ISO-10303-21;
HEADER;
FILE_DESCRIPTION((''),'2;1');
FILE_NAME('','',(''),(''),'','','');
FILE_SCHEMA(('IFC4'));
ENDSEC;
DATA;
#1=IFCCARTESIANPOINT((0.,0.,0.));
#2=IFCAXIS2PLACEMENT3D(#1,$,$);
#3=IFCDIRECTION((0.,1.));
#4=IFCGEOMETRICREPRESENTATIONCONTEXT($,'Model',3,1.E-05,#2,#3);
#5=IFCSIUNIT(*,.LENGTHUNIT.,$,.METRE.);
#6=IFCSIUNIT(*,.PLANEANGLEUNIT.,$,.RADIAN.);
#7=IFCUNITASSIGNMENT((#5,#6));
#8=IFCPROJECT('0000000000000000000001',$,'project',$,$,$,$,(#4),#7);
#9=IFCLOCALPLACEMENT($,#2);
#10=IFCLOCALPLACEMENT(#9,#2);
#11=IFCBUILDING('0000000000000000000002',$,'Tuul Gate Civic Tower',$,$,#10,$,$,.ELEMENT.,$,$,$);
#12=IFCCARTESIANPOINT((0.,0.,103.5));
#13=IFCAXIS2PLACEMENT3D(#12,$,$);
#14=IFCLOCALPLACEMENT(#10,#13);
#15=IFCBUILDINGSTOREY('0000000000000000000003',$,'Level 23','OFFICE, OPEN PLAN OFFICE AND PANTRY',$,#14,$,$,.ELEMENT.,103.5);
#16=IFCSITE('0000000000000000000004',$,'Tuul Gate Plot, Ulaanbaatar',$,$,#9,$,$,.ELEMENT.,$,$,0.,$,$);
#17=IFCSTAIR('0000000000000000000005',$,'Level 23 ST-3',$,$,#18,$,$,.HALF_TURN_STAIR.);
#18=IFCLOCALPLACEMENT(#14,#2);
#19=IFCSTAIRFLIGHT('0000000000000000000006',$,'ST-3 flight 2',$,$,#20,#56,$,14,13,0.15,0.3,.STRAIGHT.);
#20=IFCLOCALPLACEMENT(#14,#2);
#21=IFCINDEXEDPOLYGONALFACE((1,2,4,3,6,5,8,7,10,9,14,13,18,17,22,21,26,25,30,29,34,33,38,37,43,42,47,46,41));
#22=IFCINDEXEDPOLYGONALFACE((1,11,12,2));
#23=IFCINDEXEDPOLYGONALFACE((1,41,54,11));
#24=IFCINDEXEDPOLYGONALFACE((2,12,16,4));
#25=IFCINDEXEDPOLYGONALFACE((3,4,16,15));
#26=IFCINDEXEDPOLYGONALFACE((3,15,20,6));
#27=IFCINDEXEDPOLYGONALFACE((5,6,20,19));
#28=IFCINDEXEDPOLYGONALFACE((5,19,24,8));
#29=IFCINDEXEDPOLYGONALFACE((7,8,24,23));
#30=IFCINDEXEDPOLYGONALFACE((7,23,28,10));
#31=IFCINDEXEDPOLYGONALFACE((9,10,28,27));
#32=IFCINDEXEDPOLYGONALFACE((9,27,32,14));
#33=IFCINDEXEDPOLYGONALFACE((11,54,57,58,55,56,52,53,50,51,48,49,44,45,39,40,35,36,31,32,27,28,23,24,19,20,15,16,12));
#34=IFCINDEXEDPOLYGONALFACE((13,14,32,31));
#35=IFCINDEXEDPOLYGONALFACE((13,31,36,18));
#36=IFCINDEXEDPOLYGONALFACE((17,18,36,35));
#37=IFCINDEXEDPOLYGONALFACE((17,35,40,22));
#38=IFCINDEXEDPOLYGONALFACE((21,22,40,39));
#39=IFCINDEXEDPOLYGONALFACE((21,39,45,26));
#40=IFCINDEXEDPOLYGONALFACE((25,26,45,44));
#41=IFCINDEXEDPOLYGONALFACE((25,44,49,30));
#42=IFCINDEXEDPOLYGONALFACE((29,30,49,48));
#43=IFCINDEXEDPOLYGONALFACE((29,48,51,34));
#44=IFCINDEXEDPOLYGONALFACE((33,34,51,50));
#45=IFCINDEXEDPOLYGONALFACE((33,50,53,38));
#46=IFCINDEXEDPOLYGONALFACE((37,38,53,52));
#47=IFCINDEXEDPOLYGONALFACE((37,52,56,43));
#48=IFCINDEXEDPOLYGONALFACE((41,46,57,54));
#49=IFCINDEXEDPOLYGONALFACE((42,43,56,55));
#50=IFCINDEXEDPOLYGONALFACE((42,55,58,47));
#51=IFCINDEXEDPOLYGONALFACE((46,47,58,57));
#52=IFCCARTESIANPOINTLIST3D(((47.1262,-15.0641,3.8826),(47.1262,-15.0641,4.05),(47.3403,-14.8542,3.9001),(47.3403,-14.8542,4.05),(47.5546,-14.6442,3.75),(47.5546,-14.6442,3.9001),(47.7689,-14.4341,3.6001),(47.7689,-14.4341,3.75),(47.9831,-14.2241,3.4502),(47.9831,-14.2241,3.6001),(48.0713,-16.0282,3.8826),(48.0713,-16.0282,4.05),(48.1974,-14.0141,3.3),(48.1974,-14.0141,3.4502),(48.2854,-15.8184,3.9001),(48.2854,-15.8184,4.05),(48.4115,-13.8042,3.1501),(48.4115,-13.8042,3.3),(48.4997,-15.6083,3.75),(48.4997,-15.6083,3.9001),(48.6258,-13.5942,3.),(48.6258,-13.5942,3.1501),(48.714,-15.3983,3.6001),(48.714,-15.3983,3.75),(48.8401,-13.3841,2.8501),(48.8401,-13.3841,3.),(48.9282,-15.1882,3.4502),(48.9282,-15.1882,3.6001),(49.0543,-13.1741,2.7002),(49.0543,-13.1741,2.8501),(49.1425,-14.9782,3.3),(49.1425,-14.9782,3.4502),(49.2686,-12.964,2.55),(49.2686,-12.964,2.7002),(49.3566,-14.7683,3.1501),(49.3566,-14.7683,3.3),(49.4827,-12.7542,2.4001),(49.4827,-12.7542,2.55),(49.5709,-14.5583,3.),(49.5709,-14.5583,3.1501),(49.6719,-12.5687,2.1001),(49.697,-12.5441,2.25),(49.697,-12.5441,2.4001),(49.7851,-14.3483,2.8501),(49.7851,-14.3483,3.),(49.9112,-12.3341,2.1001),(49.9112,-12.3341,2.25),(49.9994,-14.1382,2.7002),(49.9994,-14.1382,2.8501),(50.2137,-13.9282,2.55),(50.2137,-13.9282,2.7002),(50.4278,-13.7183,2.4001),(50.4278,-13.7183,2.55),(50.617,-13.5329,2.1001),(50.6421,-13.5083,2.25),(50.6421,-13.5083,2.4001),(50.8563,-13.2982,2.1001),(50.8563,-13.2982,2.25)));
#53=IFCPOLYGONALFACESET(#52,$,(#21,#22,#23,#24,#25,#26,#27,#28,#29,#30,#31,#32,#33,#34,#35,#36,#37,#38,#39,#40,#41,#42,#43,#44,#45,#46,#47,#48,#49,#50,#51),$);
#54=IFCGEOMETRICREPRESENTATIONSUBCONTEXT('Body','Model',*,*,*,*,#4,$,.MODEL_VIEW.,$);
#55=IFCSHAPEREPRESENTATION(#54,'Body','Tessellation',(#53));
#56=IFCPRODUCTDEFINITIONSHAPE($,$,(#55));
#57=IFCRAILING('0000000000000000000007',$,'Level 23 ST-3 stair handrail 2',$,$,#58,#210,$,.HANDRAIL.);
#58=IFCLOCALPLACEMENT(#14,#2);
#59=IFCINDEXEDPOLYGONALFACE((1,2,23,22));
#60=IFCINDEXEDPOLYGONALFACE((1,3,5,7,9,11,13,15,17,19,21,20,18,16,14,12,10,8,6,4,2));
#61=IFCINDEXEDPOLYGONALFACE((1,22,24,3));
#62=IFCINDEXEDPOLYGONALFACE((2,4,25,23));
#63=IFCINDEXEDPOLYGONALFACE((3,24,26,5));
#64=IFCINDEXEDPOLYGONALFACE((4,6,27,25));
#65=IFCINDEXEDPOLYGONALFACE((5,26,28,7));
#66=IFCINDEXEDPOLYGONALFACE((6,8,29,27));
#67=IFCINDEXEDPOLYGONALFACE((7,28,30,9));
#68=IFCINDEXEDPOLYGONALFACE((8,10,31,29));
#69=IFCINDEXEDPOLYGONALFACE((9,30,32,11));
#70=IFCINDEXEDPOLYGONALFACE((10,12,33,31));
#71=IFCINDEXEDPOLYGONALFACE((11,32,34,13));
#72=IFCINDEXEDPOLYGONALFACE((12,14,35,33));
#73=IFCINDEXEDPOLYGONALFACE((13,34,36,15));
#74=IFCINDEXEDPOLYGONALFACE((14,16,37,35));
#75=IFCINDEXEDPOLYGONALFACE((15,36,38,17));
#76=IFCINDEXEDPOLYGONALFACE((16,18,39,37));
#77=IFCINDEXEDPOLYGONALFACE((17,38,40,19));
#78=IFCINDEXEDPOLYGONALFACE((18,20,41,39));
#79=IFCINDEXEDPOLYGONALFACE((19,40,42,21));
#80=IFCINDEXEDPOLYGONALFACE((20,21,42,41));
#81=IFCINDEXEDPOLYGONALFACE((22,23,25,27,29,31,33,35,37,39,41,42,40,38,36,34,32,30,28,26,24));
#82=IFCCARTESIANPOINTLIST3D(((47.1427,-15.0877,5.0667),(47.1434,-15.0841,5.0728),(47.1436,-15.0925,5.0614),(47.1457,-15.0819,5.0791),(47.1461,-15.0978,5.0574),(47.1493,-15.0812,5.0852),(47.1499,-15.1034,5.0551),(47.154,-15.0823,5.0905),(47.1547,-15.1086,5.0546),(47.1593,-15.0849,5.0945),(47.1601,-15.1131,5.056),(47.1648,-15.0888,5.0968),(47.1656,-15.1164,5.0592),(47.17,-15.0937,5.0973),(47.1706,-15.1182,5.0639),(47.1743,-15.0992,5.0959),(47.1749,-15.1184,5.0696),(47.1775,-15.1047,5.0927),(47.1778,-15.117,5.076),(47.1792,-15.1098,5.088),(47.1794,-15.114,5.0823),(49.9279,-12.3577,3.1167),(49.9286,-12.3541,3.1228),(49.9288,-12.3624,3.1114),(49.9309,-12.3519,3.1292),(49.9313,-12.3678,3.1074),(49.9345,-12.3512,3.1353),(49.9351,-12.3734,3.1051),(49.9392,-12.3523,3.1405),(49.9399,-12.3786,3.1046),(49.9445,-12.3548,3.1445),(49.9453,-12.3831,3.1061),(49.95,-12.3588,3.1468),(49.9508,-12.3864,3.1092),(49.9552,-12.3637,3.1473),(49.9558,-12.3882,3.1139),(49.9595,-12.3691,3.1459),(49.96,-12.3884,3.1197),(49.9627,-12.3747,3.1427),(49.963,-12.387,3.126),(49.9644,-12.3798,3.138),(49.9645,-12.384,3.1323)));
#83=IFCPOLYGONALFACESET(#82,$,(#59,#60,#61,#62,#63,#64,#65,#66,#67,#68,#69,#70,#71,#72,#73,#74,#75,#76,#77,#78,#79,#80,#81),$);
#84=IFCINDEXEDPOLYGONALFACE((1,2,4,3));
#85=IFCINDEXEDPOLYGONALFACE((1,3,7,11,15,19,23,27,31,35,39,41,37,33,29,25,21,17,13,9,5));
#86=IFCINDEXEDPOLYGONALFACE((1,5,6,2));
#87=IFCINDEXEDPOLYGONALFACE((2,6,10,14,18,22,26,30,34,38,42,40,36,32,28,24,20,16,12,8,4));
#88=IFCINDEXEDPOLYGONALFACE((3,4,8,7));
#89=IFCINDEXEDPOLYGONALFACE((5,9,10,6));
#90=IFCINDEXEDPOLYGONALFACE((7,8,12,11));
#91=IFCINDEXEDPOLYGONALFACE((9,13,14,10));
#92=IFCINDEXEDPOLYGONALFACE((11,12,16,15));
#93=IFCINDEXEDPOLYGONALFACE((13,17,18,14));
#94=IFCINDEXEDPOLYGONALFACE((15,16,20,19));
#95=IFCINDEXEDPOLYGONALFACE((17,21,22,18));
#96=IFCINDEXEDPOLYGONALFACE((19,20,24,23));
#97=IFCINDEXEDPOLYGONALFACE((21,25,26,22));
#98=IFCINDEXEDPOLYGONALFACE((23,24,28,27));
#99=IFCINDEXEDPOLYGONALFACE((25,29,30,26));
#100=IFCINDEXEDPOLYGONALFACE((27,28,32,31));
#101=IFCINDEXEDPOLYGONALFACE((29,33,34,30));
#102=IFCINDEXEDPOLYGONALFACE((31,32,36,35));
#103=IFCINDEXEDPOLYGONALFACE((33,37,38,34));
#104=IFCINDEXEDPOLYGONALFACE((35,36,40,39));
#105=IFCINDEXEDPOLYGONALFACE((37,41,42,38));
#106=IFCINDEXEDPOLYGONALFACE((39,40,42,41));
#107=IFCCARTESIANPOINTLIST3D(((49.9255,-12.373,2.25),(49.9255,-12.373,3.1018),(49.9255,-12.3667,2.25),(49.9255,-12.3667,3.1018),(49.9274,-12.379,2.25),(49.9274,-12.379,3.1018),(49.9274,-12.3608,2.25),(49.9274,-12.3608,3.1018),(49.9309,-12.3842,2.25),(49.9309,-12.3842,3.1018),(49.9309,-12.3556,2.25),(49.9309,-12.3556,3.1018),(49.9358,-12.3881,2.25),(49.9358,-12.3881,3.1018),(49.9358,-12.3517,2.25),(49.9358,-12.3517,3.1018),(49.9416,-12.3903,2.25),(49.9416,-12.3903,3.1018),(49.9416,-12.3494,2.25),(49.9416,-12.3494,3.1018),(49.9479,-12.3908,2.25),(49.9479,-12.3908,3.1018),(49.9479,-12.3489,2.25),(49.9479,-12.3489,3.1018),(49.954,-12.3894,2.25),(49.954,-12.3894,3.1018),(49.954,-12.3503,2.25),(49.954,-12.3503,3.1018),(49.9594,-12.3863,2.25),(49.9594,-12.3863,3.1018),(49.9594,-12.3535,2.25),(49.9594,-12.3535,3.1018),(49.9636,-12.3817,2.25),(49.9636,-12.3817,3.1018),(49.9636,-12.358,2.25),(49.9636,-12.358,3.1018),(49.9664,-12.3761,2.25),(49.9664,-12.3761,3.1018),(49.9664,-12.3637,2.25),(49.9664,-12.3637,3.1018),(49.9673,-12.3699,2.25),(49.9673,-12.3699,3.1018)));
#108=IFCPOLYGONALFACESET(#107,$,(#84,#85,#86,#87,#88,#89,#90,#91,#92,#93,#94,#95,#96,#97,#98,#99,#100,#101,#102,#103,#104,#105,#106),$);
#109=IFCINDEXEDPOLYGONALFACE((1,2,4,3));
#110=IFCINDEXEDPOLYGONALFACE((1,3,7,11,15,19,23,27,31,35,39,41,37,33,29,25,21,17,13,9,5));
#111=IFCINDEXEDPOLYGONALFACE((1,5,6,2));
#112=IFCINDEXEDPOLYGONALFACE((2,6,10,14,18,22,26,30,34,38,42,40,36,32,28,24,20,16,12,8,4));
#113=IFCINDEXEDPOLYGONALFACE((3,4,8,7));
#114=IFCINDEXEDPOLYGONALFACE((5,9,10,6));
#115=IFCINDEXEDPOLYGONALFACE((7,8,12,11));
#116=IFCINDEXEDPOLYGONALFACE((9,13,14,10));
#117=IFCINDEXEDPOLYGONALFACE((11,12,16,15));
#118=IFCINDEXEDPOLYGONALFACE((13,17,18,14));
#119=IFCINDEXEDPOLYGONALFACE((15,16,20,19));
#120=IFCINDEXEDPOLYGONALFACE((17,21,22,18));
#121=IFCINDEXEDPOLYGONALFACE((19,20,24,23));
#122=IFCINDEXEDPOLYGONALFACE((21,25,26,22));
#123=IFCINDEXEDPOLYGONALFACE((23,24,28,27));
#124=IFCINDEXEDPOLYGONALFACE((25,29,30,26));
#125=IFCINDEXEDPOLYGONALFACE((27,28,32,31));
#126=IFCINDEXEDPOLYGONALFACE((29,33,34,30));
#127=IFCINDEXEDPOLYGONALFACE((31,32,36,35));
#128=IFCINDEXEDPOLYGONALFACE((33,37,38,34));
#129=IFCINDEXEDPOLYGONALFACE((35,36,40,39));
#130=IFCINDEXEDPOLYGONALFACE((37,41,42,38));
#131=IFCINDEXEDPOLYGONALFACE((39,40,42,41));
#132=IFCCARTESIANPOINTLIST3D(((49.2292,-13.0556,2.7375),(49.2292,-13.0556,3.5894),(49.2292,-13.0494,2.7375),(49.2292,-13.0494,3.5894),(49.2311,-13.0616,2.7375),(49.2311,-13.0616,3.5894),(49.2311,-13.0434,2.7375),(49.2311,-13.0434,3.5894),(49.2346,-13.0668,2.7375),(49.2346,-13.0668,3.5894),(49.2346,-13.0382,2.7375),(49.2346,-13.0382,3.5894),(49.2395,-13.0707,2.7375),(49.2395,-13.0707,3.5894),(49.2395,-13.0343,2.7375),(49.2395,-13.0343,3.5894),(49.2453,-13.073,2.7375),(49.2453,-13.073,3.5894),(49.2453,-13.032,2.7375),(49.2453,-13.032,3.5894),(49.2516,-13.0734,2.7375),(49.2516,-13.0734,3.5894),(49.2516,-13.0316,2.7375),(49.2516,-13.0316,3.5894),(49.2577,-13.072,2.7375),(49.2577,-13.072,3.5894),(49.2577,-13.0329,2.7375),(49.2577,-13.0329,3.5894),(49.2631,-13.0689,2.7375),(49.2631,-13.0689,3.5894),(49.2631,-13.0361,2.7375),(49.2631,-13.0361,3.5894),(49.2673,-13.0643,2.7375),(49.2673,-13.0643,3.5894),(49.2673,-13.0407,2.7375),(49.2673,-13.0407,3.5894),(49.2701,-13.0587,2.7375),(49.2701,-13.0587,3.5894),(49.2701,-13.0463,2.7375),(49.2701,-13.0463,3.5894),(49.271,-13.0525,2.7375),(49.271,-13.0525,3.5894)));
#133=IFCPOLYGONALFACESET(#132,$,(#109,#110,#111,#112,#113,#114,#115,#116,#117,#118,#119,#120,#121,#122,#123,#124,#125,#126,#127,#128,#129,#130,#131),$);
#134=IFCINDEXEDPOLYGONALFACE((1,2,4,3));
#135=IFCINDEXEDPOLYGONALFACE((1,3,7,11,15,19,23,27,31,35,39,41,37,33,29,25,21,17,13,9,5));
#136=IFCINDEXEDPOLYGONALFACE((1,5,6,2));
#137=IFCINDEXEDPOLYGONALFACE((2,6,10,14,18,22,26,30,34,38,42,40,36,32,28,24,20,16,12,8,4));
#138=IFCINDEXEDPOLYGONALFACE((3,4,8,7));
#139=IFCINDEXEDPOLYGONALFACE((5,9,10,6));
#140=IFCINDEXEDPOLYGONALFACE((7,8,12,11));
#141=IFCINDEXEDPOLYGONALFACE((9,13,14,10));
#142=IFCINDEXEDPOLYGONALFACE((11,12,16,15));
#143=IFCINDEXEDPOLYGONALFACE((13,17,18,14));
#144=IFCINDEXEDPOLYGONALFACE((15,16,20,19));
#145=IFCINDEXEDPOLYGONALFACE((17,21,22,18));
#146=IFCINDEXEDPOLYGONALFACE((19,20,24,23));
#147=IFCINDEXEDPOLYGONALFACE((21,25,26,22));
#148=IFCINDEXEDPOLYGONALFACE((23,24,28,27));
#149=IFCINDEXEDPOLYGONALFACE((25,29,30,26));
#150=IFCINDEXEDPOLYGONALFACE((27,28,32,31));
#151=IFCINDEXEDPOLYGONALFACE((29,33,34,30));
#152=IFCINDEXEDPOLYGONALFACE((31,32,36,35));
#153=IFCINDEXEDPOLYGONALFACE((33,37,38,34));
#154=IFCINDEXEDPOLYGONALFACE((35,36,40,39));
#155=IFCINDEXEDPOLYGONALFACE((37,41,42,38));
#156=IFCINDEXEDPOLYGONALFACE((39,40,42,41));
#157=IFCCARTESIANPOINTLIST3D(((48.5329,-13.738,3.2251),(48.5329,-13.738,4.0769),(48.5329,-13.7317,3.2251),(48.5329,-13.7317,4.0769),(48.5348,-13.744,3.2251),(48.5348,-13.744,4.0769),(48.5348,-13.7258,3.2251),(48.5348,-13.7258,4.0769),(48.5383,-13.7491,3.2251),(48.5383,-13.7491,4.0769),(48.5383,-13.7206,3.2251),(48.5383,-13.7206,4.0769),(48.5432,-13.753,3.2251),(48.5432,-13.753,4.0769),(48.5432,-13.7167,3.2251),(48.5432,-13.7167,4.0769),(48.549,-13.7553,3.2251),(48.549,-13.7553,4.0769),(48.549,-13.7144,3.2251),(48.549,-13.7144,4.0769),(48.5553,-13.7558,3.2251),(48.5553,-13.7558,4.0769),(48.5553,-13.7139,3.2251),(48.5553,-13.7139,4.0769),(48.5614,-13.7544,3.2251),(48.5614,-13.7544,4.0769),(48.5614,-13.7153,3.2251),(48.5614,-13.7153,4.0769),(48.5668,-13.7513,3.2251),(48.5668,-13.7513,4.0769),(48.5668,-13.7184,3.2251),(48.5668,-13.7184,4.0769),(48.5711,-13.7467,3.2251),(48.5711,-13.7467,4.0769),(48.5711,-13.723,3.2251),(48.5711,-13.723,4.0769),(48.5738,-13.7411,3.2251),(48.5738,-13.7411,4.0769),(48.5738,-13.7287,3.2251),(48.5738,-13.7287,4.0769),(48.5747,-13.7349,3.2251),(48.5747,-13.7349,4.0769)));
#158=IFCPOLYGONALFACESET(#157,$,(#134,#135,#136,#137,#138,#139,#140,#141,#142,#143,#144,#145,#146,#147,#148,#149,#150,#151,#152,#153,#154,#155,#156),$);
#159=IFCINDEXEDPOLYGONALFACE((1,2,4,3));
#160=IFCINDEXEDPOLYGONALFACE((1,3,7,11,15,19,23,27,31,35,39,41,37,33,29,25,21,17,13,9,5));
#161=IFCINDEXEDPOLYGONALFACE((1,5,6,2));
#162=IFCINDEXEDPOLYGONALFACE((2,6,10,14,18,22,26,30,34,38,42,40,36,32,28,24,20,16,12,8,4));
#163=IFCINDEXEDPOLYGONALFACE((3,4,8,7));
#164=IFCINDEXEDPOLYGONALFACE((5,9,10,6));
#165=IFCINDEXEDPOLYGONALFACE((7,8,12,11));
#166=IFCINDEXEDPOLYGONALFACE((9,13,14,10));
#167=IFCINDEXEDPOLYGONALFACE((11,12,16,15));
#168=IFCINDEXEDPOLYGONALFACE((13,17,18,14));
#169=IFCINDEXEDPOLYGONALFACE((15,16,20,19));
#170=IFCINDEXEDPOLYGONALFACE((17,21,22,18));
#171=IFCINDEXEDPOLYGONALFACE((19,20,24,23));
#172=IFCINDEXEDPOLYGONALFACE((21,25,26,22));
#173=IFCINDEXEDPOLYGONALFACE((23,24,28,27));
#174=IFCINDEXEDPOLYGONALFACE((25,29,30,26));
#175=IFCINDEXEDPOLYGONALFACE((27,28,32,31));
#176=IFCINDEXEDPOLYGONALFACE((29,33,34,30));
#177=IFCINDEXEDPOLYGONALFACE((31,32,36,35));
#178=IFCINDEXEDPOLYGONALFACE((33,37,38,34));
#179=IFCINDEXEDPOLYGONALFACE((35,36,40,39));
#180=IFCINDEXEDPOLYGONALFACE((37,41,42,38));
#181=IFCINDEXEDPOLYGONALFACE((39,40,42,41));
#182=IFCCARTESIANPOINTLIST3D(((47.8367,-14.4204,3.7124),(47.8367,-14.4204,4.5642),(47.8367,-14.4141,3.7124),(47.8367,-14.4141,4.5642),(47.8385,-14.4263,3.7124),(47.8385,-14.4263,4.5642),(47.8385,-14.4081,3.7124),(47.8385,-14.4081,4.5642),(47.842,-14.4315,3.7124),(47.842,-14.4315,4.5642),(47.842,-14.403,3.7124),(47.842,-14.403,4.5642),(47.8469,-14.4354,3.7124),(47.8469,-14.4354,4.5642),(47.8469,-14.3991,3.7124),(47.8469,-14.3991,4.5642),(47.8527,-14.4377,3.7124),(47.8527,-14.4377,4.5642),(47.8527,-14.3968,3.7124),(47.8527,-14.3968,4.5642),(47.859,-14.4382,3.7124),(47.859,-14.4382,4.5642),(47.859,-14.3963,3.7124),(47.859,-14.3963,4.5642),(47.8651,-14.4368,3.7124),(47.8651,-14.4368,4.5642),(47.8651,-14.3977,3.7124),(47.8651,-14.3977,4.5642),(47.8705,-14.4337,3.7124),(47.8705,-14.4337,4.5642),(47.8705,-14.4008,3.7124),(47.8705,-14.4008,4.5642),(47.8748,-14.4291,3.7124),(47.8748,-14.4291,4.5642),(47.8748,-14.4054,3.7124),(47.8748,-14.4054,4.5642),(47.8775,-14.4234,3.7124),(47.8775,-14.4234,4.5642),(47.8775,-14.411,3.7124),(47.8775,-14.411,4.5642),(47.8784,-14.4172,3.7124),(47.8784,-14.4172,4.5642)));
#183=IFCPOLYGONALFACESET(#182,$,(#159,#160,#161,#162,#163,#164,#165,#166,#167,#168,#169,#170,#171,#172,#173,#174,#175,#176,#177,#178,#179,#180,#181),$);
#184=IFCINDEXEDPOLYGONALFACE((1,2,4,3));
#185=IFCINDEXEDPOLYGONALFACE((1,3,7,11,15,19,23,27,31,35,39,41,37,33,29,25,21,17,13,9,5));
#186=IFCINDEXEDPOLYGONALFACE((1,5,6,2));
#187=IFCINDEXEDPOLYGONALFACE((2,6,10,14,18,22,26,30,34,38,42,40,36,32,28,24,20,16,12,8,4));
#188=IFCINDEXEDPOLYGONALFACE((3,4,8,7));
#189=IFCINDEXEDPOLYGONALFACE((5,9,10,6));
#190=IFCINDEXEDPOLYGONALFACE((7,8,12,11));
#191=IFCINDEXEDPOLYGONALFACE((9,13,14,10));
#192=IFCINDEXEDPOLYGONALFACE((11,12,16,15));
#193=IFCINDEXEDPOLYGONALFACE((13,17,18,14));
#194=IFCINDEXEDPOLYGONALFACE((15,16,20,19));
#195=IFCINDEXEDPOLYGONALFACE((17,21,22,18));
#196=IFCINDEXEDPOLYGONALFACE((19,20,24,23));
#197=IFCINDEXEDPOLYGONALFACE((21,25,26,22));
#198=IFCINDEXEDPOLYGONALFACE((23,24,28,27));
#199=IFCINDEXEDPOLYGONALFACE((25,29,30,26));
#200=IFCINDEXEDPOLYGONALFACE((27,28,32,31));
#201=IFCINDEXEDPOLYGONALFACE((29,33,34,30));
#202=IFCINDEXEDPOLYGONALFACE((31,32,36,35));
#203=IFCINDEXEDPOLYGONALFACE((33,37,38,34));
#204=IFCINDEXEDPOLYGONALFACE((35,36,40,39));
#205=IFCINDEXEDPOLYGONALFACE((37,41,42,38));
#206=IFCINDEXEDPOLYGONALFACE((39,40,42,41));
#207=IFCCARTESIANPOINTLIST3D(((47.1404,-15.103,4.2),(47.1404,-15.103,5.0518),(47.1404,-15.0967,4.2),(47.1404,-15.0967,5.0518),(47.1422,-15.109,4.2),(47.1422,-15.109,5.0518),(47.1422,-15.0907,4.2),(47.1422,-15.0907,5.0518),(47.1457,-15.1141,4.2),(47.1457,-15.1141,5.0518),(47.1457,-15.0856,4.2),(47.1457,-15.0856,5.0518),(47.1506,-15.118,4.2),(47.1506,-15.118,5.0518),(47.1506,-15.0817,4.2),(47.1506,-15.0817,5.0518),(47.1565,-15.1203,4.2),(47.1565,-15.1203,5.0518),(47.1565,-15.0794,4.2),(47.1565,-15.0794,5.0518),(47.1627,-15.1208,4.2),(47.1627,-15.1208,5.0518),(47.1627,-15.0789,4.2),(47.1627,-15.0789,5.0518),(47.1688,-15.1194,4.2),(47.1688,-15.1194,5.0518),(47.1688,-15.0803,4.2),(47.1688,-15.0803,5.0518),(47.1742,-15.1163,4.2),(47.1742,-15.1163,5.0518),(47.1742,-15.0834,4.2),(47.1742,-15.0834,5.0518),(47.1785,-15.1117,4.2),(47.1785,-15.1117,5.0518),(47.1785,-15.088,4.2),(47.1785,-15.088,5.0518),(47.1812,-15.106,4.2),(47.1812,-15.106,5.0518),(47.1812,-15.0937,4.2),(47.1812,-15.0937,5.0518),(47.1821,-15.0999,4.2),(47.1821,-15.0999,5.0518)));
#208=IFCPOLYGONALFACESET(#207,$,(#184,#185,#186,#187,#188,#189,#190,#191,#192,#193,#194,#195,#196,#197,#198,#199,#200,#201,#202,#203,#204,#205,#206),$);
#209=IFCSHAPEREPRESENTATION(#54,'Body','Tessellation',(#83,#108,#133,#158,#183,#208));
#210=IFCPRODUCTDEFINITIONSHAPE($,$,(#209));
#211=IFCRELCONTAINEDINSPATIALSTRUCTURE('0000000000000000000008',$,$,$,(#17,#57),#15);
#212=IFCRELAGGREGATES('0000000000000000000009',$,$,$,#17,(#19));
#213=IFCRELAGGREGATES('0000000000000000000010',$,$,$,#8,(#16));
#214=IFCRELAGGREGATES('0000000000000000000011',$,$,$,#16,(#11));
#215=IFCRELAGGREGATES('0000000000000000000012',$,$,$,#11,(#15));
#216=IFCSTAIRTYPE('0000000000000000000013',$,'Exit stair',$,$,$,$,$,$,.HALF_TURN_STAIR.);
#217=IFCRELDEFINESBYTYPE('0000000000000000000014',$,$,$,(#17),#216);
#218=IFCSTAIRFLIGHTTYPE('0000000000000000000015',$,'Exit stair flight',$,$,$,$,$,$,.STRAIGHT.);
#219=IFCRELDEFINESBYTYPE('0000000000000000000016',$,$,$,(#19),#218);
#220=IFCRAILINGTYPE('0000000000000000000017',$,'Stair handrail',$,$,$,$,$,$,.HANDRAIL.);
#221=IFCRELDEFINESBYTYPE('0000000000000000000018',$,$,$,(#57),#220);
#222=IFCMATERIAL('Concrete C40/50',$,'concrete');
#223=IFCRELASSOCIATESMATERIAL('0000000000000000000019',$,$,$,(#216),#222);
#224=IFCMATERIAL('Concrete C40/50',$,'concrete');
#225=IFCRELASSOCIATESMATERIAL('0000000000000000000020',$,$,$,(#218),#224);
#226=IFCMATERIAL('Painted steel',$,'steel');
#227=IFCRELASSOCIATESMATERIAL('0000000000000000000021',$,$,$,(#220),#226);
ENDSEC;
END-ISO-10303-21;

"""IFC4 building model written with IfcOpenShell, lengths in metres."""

from ifc_helpers import new_model, si_unit, direction, frame, origin, origin_2d, place, context, subcontext, project, spatial, polyline, circle, outline, extrude, material, type_object, element, aggregate, save


model = new_model("IFC4")

# Units and contexts
model_context = context("Model", 3, precision=1e-05, world=origin(), true_north=direction((0.0, 1.0)))
body_context = subcontext(model_context, "Body", "Model", "MODEL_VIEW")
ifc_project = project(units=[si_unit("LENGTHUNIT", "METRE"), si_unit("PLANEANGLEUNIT", "RADIAN")], contexts=[model_context])

# Site, building, storey
site_placement = place(None, origin())
site = spatial("IfcSite", under=ifc_project, at=site_placement, Name="Tuul Gate Plot, Ulaanbaatar", CompositionType="ELEMENT", RefElevation=0.0)
building_placement = place(site_placement, origin())
building = spatial("IfcBuilding", under=site, at=building_placement, Name="Tuul Gate Civic Tower", CompositionType="ELEMENT")
storey_placement = place(building_placement, frame((0.0, 0.0, 103.5)))
storey = spatial("IfcBuildingStorey", under=building, at=storey_placement, Name="Level 23", Description="OFFICE, OPEN PLAN OFFICE AND PANTRY", CompositionType="ELEMENT", Elevation=103.5)

# Stair, stair flight
ifc_material_1 = material(Name="Concrete C40/50", Category="concrete")
stair_type = type_object("IfcStairType", Name="Exit stair", PredefinedType="HALF_TURN_STAIR", material=ifc_material_1)
stair_placement = place(storey_placement, origin())
stair = element("IfcStair", 1, at=stair_placement, inside=storey, type_object=stair_type, Name="Level 23 ST-3", PredefinedType="HALF_TURN_STAIR")
ifc_material_2 = material(Name="Concrete C40/50", Category="concrete")
stair_flight_type = type_object("IfcStairFlightType", Name="Exit stair flight", PredefinedType="STRAIGHT", material=ifc_material_2)
stair_flight_placement = place(storey_placement, frame((50.3838, -12.8162, 2.1001), z_axis=(0.0, 0.0, 1.0), x_axis=(-0.714127, -0.700016, 0.0)))
stair_flight = element("IfcStairFlight", 2, at=stair_flight_placement, type_object=stair_flight_type, Name="ST-3 flight 2", NumberOfRisers=14, NumberOfTreads=13, PredefinedType="STRAIGHT", RiserHeight=0.15, TreadLength=0.3, context=body_context, shape_type="SweptSolid", body=[
    extrude(outline(polyline([(0.0, 0.0), (0.0, 0.1499), (0.3, 0.1499), (0.3, 0.3), (0.6001, 0.3), (0.6001, 0.45), (0.8999, 0.45), (0.8999, 0.6001), (1.2, 0.6001), (1.2, 0.75), (1.5, 0.75), (1.5, 0.8999), (1.8, 0.8999), (1.8, 1.05), (2.1001, 1.05), (2.1001, 1.2), (2.3999, 1.2), (2.3999, 1.3501), (2.7, 1.3501), (2.7, 1.5), (3.0, 1.5), (3.0, 1.6499), (3.3, 1.6499), (3.3, 1.8), (3.6001, 1.8), (3.6001, 1.95), (3.8999, 1.95), (3.8999, 2.1001), (3.8999, 1.7825), (0.3352, 0.0), (0.0, 0.0)])), frame((0.0, 0.675, 0.0), z_axis=(0.0, -1.0, 0.0), x_axis=(1.0, 0.0, 0.0)), (0.0, 0.0, 1.0), 1.3501),
])
aggregate(stair, [stair_flight])

# Railing
ifc_material_3 = material(Name="Painted steel", Category="steel")
railing_type = type_object("IfcRailingType", Name="Stair handrail", PredefinedType="HANDRAIL", material=ifc_material_3)
railing_placement = place(storey_placement, frame((49.9463, -12.3699, 2.25)))
element("IfcRailing", 3, at=railing_placement, inside=storey, type_object=railing_type, Name="Level 23 ST-3 stair handrail 2", PredefinedType="HANDRAIL", context=body_context, shape_type="SweptSolid", body=[
    extrude(circle(Radius=0.0239, at=origin_2d()), frame((0.0, 0.0, 0.876), z_axis=(-0.638754, -0.6261, 0.447206), x_axis=(0.699998, -0.714145, 0.0)), (0.0, 0.0, 1.0), 4.3604),
    extrude(circle(Radius=0.021, at=origin_2d()), origin(), (0.0, 0.0, 1.0), 0.8518),
    extrude(circle(Radius=0.021, at=origin_2d()), frame((-0.6963, -0.6826, 0.4875)), (0.0, 0.0, 1.0), 0.8518),
    extrude(circle(Radius=0.021, at=origin_2d()), frame((-1.3926, -1.365, 0.9751)), (0.0, 0.0, 1.0), 0.8518),
    extrude(circle(Radius=0.021, at=origin_2d()), frame((-2.0889, -2.0474, 1.4624)), (0.0, 0.0, 1.0), 0.8518),
    extrude(circle(Radius=0.021, at=origin_2d()), frame((-2.7852, -2.73, 1.95)), (0.0, 0.0, 1.0), 0.8518),
])

save(model, "model.ifc")
